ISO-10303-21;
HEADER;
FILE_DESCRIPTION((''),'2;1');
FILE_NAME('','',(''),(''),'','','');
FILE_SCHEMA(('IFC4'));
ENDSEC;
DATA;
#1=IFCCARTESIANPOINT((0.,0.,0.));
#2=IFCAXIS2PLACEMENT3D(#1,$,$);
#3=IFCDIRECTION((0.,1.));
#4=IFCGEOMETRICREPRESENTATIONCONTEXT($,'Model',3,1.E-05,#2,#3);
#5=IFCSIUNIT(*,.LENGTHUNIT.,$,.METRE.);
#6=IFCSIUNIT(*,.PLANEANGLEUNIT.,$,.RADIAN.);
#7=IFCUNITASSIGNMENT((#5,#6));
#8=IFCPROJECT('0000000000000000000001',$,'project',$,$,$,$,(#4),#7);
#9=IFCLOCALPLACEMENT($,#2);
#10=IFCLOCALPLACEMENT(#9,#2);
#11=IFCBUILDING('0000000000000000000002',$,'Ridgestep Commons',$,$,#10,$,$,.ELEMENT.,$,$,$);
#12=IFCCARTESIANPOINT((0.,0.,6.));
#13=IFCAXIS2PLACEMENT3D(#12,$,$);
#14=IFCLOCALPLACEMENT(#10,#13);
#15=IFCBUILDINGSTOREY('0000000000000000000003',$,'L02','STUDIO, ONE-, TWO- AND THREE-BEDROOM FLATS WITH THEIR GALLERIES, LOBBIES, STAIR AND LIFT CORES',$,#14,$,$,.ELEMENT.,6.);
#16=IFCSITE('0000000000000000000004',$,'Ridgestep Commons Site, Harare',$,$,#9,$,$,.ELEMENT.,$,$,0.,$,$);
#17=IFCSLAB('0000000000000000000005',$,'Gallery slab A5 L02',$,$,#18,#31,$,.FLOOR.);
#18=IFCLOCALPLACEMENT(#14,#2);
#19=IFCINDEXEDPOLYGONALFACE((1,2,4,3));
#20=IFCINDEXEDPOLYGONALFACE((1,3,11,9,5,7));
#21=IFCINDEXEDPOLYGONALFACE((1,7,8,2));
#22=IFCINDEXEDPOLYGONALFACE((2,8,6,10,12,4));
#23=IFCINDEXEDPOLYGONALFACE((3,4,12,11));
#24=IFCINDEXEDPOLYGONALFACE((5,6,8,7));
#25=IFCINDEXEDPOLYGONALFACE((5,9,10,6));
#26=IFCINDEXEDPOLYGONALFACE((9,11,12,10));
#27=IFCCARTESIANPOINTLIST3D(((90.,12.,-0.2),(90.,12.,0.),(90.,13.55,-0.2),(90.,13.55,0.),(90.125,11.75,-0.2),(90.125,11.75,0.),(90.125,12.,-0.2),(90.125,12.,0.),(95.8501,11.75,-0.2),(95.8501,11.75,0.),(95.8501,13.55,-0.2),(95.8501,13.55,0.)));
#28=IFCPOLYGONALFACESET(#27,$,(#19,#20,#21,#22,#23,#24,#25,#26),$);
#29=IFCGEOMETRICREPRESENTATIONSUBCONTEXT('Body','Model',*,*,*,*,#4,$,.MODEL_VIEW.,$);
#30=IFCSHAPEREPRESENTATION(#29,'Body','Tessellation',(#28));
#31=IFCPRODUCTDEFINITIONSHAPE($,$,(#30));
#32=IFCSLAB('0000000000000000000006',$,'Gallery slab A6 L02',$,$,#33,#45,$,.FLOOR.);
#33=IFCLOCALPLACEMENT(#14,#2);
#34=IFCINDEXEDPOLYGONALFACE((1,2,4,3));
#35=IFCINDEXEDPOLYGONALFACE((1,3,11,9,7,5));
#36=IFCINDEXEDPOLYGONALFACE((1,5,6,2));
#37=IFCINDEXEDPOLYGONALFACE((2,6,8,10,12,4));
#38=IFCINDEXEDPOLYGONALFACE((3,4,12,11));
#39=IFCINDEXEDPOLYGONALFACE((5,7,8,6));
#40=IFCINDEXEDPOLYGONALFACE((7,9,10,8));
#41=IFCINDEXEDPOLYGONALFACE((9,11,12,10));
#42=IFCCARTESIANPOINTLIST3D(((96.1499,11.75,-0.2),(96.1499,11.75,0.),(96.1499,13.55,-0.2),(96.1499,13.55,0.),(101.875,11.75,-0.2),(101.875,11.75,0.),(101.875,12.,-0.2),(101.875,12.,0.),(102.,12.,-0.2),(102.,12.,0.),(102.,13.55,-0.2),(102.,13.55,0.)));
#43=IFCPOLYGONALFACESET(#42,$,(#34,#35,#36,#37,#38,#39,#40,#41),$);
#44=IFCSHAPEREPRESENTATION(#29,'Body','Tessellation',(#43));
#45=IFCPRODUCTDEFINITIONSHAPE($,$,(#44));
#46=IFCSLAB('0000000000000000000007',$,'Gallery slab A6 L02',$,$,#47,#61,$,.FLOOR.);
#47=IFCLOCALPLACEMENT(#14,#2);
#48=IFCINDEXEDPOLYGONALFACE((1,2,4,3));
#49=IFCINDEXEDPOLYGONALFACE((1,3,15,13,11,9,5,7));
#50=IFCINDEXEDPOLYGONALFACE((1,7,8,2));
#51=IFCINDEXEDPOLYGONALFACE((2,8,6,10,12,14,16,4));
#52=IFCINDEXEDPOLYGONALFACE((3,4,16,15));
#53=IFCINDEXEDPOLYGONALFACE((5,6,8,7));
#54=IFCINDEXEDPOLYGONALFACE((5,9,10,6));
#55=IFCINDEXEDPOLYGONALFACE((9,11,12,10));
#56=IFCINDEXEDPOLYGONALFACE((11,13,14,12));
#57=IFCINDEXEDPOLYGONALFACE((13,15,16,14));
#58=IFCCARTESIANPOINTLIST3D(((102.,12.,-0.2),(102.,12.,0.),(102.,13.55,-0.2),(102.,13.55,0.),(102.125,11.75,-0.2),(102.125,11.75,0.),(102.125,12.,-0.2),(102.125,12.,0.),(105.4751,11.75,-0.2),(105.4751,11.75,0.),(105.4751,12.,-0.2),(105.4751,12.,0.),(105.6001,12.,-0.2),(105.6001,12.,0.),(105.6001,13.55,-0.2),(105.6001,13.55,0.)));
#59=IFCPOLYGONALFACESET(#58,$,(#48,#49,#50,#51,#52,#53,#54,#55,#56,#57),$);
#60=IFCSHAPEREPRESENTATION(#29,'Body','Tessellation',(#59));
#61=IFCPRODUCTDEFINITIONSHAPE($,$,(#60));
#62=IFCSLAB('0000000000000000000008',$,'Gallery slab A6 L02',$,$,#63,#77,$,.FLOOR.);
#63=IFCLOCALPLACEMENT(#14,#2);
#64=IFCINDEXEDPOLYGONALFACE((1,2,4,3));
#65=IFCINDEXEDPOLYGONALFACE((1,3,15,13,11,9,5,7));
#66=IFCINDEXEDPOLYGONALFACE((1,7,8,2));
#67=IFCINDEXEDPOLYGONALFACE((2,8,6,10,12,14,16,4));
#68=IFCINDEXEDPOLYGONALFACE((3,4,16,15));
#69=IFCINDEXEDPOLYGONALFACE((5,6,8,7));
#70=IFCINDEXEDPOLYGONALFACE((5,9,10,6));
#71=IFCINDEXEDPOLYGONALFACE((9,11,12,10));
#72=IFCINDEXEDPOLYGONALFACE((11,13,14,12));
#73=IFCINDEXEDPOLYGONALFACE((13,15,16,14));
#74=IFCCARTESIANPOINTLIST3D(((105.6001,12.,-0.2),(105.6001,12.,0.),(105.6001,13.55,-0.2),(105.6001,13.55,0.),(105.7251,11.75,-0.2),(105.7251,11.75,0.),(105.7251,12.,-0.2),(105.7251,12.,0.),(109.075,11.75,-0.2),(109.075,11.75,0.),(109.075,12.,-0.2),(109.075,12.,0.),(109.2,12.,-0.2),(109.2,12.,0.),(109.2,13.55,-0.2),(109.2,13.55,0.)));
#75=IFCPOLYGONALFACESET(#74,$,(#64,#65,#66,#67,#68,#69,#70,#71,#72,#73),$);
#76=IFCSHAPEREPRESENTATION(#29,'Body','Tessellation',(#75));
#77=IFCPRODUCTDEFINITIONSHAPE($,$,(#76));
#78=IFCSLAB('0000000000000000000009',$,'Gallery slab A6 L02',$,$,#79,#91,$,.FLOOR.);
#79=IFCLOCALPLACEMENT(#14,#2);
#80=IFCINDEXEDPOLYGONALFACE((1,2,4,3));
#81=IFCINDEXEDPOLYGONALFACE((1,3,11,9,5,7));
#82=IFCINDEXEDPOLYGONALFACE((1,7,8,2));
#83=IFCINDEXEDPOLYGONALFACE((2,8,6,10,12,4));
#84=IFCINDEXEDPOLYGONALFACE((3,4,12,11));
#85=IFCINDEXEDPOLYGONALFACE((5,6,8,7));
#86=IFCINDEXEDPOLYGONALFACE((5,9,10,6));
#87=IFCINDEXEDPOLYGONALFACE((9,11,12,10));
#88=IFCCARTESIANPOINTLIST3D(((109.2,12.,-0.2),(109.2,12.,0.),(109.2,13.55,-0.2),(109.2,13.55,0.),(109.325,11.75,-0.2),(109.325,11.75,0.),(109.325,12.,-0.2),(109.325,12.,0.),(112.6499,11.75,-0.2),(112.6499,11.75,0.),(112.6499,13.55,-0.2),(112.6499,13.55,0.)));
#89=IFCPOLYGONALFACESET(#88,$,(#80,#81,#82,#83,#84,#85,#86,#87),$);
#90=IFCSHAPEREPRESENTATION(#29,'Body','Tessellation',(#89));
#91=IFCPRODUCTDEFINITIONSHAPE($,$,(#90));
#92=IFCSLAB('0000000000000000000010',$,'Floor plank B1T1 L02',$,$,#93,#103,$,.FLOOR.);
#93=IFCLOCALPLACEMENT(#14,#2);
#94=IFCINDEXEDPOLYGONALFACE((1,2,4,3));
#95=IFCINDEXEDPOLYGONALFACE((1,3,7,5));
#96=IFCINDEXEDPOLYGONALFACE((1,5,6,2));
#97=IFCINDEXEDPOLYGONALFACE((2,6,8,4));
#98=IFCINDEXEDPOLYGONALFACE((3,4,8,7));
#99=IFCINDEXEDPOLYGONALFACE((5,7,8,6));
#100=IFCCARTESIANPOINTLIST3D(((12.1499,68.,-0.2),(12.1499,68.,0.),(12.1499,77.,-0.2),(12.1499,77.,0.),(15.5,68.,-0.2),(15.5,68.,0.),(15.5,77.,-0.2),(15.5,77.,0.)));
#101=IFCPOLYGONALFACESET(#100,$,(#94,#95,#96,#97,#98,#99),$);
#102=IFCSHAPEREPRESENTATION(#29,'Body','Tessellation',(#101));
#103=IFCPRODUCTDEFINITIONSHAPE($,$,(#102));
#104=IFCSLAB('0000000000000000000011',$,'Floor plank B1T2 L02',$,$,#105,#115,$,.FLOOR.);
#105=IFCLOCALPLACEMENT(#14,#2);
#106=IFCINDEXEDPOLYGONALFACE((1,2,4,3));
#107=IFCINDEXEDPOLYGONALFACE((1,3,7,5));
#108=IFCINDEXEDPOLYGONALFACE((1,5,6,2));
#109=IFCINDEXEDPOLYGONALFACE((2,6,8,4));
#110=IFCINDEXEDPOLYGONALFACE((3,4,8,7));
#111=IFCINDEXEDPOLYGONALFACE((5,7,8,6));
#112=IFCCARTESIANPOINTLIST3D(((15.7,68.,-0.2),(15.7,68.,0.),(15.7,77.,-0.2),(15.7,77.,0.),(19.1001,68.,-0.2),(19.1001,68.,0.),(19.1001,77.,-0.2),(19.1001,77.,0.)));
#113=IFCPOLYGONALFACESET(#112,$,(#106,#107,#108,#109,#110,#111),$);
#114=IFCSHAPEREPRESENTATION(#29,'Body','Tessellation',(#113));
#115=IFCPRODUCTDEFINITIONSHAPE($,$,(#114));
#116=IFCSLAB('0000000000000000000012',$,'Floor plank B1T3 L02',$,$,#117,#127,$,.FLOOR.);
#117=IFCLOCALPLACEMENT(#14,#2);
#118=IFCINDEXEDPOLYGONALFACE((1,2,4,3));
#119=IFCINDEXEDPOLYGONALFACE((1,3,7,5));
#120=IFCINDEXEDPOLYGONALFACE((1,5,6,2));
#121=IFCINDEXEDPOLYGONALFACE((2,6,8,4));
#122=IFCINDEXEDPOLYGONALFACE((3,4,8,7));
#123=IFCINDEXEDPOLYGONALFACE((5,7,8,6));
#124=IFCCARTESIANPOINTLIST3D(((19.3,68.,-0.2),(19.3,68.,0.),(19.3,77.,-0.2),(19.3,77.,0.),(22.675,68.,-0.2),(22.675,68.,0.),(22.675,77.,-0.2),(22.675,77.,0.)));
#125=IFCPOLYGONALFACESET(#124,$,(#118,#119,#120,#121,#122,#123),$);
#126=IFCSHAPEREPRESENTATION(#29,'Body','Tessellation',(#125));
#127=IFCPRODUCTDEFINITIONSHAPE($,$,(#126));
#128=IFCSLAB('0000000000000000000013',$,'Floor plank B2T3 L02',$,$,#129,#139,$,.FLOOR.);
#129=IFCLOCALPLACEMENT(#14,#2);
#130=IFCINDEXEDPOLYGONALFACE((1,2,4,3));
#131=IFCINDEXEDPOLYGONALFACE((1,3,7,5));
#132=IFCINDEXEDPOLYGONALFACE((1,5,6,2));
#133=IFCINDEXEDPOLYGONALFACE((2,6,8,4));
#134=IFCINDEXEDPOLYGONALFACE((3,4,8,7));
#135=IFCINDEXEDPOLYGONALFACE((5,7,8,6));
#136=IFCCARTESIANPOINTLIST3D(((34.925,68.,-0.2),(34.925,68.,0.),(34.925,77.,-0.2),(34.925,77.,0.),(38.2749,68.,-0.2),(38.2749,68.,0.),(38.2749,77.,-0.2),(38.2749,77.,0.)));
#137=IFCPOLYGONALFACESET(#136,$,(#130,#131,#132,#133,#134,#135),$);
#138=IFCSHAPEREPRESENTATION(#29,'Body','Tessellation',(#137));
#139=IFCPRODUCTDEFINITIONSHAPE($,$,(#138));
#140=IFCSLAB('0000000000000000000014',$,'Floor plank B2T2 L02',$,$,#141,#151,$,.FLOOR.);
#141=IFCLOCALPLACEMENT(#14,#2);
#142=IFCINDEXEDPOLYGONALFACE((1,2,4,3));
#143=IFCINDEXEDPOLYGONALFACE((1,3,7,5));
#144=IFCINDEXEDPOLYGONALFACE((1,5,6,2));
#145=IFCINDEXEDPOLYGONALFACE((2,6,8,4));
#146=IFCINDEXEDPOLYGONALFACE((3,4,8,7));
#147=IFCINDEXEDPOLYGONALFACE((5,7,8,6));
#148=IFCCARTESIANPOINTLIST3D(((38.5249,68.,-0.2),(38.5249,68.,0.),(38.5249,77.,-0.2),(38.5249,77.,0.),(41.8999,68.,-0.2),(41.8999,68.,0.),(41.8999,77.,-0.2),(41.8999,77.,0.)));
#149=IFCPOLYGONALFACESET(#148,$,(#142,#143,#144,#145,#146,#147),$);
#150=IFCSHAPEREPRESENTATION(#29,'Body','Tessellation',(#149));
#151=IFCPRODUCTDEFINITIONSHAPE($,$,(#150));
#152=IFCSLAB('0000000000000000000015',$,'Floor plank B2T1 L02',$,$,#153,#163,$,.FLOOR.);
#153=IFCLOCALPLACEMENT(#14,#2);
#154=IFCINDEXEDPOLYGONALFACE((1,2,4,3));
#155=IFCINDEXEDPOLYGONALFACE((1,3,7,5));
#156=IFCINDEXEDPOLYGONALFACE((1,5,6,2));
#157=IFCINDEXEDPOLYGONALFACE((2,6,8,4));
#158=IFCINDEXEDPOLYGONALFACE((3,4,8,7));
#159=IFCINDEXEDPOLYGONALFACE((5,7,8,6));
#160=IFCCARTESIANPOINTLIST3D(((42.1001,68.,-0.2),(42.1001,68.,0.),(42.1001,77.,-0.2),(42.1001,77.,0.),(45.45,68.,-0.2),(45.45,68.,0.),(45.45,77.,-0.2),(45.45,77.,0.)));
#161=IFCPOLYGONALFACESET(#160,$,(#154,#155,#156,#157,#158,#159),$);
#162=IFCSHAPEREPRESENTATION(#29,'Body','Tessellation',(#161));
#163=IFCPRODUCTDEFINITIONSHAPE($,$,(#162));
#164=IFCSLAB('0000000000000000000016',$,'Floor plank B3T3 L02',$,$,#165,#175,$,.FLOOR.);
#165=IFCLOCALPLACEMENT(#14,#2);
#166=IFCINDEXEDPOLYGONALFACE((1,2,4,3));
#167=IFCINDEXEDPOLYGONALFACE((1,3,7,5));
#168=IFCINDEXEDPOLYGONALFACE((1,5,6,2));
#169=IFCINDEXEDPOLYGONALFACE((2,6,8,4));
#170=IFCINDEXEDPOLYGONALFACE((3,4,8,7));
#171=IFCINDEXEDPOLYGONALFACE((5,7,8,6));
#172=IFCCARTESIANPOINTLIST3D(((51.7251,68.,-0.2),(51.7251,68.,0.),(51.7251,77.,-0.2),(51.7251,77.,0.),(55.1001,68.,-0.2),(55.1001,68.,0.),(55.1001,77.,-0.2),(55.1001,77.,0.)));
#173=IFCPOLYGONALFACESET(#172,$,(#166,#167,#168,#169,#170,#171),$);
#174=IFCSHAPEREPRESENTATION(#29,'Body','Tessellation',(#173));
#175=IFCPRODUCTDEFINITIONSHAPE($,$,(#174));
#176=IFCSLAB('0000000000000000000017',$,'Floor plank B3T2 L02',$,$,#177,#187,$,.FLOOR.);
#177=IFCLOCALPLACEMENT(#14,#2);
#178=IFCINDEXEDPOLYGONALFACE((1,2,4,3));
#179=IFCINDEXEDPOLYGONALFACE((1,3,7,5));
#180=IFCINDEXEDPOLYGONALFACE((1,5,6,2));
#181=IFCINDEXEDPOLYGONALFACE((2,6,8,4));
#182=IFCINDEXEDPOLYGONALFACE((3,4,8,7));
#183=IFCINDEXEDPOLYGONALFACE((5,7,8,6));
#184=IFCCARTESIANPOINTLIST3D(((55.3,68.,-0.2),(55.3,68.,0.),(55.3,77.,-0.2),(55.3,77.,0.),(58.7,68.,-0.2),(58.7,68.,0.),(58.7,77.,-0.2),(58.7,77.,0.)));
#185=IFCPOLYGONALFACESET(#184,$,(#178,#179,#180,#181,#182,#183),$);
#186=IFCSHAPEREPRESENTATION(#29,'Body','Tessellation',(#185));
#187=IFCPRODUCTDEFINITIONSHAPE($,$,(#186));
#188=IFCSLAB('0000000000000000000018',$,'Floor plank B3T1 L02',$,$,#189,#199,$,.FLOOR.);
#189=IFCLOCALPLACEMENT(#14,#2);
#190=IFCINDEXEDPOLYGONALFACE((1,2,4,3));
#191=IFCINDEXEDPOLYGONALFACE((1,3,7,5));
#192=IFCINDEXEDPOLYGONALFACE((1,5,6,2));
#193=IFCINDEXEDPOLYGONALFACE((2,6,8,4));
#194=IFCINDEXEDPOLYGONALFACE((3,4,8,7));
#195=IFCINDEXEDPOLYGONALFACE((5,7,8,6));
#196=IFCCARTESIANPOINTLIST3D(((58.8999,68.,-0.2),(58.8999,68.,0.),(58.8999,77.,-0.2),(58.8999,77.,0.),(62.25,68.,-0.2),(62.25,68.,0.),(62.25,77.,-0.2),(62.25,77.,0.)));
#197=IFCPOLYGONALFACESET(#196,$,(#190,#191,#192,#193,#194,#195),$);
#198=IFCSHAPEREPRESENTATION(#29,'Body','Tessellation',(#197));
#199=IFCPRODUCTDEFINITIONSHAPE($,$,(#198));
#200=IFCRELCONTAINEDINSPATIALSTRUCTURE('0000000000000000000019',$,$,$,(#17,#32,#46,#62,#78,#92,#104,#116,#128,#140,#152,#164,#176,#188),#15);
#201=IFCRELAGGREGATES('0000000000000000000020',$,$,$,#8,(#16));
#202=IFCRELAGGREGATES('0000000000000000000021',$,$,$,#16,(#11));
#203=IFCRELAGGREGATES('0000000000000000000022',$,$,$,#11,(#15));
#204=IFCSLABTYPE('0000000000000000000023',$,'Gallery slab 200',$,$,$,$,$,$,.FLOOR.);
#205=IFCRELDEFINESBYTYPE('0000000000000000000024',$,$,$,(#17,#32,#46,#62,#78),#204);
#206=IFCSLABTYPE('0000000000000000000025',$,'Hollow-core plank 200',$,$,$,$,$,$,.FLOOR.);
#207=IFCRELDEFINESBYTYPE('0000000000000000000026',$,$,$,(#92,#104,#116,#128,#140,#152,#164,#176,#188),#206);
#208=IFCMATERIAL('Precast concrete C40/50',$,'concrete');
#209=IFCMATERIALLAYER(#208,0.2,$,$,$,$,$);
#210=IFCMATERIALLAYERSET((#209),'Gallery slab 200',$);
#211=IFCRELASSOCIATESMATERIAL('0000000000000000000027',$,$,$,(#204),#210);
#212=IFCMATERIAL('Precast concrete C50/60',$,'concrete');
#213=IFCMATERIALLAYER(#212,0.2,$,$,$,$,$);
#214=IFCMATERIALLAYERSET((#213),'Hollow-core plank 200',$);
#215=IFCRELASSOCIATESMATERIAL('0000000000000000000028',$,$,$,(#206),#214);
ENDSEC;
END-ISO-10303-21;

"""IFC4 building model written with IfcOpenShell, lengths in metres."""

from ifc_helpers import new_model, si_unit, direction, frame, origin, place, context, subcontext, project, spatial, polyline, outline, extrude, material, layer, layer_set, type_object, element, save


model = new_model("IFC4")

# Units and contexts
model_context = context("Model", 3, precision=1e-05, world=origin(), true_north=direction((0.0, 1.0)))
body_context = subcontext(model_context, "Body", "Model", "MODEL_VIEW")
ifc_project = project(units=[si_unit("LENGTHUNIT", "METRE"), si_unit("PLANEANGLEUNIT", "RADIAN")], contexts=[model_context])

# Site, building, storey
site_placement = place(None, origin())
site = spatial("IfcSite", under=ifc_project, at=site_placement, Name="Ridgestep Commons Site, Harare", CompositionType="ELEMENT", RefElevation=0.0)
building_placement = place(site_placement, origin())
building = spatial("IfcBuilding", under=site, at=building_placement, Name="Ridgestep Commons", CompositionType="ELEMENT")
storey_placement = place(building_placement, frame((0.0, 0.0, 6.0)))
storey = spatial("IfcBuildingStorey", under=building, at=storey_placement, Name="L02", Description="STUDIO, ONE-, TWO- AND THREE-BEDROOM FLATS WITH THEIR GALLERIES, LOBBIES, STAIR AND LIFT CORES", CompositionType="ELEMENT", Elevation=6.0)

# Slabs
ifc_material_1 = material(Name="Precast concrete C40/50", Category="concrete")
ifc_layer_1 = layer(ifc_material_1, 0.2)
ifc_layer_set_1 = layer_set([ifc_layer_1], Name="Gallery slab 200")
slab_type_1 = type_object("IfcSlabType", Name="Gallery slab 200", PredefinedType="FLOOR", material=ifc_layer_set_1)
slab_1_placement = place(storey_placement, frame((0.0, 0.0, -0.2)))
element("IfcSlab", 1, at=slab_1_placement, inside=storey, type_object=slab_type_1, Name="Gallery slab A5 L02", PredefinedType="FLOOR", context=body_context, shape_type="SweptSolid", body=[
    extrude(outline(polyline([(90.0, 13.55), (90.0, 12.0), (90.125, 12.0), (90.125, 11.75), (95.8501, 11.75), (95.8501, 13.55), (90.0, 13.55)])), origin(), (0.0, 0.0, 1.0), 0.2),
])
slab_2_placement = place(storey_placement, frame((0.0, 0.0, -0.2)))
element("IfcSlab", 2, at=slab_2_placement, inside=storey, type_object=slab_type_1, Name="Gallery slab A6 L02", PredefinedType="FLOOR", context=body_context, shape_type="SweptSolid", body=[
    extrude(outline(polyline([(96.1499, 11.75), (101.875, 11.75), (101.875, 12.0), (102.0, 12.0), (102.0, 13.55), (96.1499, 13.55), (96.1499, 11.75)])), origin(), (0.0, 0.0, 1.0), 0.2),
])
slab_3_placement = place(storey_placement, frame((0.0, 0.0, -0.2)))
element("IfcSlab", 3, at=slab_3_placement, inside=storey, type_object=slab_type_1, Name="Gallery slab A6 L02", PredefinedType="FLOOR", context=body_context, shape_type="SweptSolid", body=[
    extrude(outline(polyline([(105.6001, 13.55), (102.0, 13.55), (102.0, 12.0), (102.125, 12.0), (102.125, 11.75), (105.4751, 11.75), (105.4751, 12.0), (105.6001, 12.0), (105.6001, 13.55)])), origin(), (0.0, 0.0, 1.0), 0.2),
])
slab_4_placement = place(storey_placement, frame((0.0, 0.0, -0.2)))
element("IfcSlab", 4, at=slab_4_placement, inside=storey, type_object=slab_type_1, Name="Gallery slab A6 L02", PredefinedType="FLOOR", context=body_context, shape_type="SweptSolid", body=[
    extrude(outline(polyline([(109.2, 13.55), (105.6001, 13.55), (105.6001, 12.0), (105.7251, 12.0), (105.7251, 11.75), (109.075, 11.75), (109.075, 12.0), (109.2, 12.0), (109.2, 13.55)])), origin(), (0.0, 0.0, 1.0), 0.2),
])
slab_5_placement = place(storey_placement, frame((0.0, 0.0, -0.2)))
element("IfcSlab", 5, at=slab_5_placement, inside=storey, type_object=slab_type_1, Name="Gallery slab A6 L02", PredefinedType="FLOOR", context=body_context, shape_type="SweptSolid", body=[
    extrude(outline(polyline([(109.2, 13.55), (109.2, 12.0), (109.325, 12.0), (109.325, 11.75), (112.6499, 11.75), (112.6499, 13.55), (109.2, 13.55)])), origin(), (0.0, 0.0, 1.0), 0.2),
])
ifc_material_2 = material(Name="Precast concrete C50/60", Category="concrete")
ifc_layer_2 = layer(ifc_material_2, 0.2)
ifc_layer_set_2 = layer_set([ifc_layer_2], Name="Hollow-core plank 200")
slab_type_2 = type_object("IfcSlabType", Name="Hollow-core plank 200", PredefinedType="FLOOR", material=ifc_layer_set_2)
slab_6_placement = place(storey_placement, frame((0.0, 0.0, -0.2)))
element("IfcSlab", 6, at=slab_6_placement, inside=storey, type_object=slab_type_2, Name="Floor plank B1T1 L02", PredefinedType="FLOOR", context=body_context, shape_type="SweptSolid", body=[
    extrude(outline(polyline([(15.5, 68.0), (15.5, 77.0), (12.1499, 77.0), (12.1499, 68.0), (15.5, 68.0)])), origin(), (0.0, 0.0, 1.0), 0.2),
])
slab_7_placement = place(storey_placement, frame((0.0, 0.0, -0.2)))
element("IfcSlab", 7, at=slab_7_placement, inside=storey, type_object=slab_type_2, Name="Floor plank B1T2 L02", PredefinedType="FLOOR", context=body_context, shape_type="SweptSolid", body=[
    extrude(outline(polyline([(19.1001, 68.0), (19.1001, 77.0), (15.7, 77.0), (15.7, 68.0), (19.1001, 68.0)])), origin(), (0.0, 0.0, 1.0), 0.2),
])
slab_8_placement = place(storey_placement, frame((0.0, 0.0, -0.2)))
element("IfcSlab", 8, at=slab_8_placement, inside=storey, type_object=slab_type_2, Name="Floor plank B1T3 L02", PredefinedType="FLOOR", context=body_context, shape_type="SweptSolid", body=[
    extrude(outline(polyline([(22.675, 68.0), (22.675, 77.0), (19.3, 77.0), (19.3, 68.0), (22.675, 68.0)])), origin(), (0.0, 0.0, 1.0), 0.2),
])
slab_9_placement = place(storey_placement, frame((0.0, 0.0, -0.2)))
element("IfcSlab", 9, at=slab_9_placement, inside=storey, type_object=slab_type_2, Name="Floor plank B2T3 L02", PredefinedType="FLOOR", context=body_context, shape_type="SweptSolid", body=[
    extrude(outline(polyline([(38.2749, 68.0), (38.2749, 77.0), (34.925, 77.0), (34.925, 68.0), (38.2749, 68.0)])), origin(), (0.0, 0.0, 1.0), 0.2),
])
slab_10_placement = place(storey_placement, frame((0.0, 0.0, -0.2)))
element("IfcSlab", 10, at=slab_10_placement, inside=storey, type_object=slab_type_2, Name="Floor plank B2T2 L02", PredefinedType="FLOOR", context=body_context, shape_type="SweptSolid", body=[
    extrude(outline(polyline([(41.8999, 68.0), (41.8999, 77.0), (38.5249, 77.0), (38.5249, 68.0), (41.8999, 68.0)])), origin(), (0.0, 0.0, 1.0), 0.2),
])
slab_11_placement = place(storey_placement, frame((0.0, 0.0, -0.2)))
element("IfcSlab", 11, at=slab_11_placement, inside=storey, type_object=slab_type_2, Name="Floor plank B2T1 L02", PredefinedType="FLOOR", context=body_context, shape_type="SweptSolid", body=[
    extrude(outline(polyline([(45.45, 68.0), (45.45, 77.0), (42.1001, 77.0), (42.1001, 68.0), (45.45, 68.0)])), origin(), (0.0, 0.0, 1.0), 0.2),
])
slab_12_placement = place(storey_placement, frame((0.0, 0.0, -0.2)))
element("IfcSlab", 12, at=slab_12_placement, inside=storey, type_object=slab_type_2, Name="Floor plank B3T3 L02", PredefinedType="FLOOR", context=body_context, shape_type="SweptSolid", body=[
    extrude(outline(polyline([(55.1001, 68.0), (55.1001, 77.0), (51.7251, 77.0), (51.7251, 68.0), (55.1001, 68.0)])), origin(), (0.0, 0.0, 1.0), 0.2),
])
slab_13_placement = place(storey_placement, frame((0.0, 0.0, -0.2)))
element("IfcSlab", 13, at=slab_13_placement, inside=storey, type_object=slab_type_2, Name="Floor plank B3T2 L02", PredefinedType="FLOOR", context=body_context, shape_type="SweptSolid", body=[
    extrude(outline(polyline([(58.7, 68.0), (58.7, 77.0), (55.3, 77.0), (55.3, 68.0), (58.7, 68.0)])), origin(), (0.0, 0.0, 1.0), 0.2),
])
slab_14_placement = place(storey_placement, frame((0.0, 0.0, -0.2)))
element("IfcSlab", 14, at=slab_14_placement, inside=storey, type_object=slab_type_2, Name="Floor plank B3T1 L02", PredefinedType="FLOOR", context=body_context, shape_type="SweptSolid", body=[
    extrude(outline(polyline([(62.25, 68.0), (62.25, 77.0), (58.8999, 77.0), (58.8999, 68.0), (62.25, 68.0)])), origin(), (0.0, 0.0, 1.0), 0.2),
])

save(model, "model.ifc")
